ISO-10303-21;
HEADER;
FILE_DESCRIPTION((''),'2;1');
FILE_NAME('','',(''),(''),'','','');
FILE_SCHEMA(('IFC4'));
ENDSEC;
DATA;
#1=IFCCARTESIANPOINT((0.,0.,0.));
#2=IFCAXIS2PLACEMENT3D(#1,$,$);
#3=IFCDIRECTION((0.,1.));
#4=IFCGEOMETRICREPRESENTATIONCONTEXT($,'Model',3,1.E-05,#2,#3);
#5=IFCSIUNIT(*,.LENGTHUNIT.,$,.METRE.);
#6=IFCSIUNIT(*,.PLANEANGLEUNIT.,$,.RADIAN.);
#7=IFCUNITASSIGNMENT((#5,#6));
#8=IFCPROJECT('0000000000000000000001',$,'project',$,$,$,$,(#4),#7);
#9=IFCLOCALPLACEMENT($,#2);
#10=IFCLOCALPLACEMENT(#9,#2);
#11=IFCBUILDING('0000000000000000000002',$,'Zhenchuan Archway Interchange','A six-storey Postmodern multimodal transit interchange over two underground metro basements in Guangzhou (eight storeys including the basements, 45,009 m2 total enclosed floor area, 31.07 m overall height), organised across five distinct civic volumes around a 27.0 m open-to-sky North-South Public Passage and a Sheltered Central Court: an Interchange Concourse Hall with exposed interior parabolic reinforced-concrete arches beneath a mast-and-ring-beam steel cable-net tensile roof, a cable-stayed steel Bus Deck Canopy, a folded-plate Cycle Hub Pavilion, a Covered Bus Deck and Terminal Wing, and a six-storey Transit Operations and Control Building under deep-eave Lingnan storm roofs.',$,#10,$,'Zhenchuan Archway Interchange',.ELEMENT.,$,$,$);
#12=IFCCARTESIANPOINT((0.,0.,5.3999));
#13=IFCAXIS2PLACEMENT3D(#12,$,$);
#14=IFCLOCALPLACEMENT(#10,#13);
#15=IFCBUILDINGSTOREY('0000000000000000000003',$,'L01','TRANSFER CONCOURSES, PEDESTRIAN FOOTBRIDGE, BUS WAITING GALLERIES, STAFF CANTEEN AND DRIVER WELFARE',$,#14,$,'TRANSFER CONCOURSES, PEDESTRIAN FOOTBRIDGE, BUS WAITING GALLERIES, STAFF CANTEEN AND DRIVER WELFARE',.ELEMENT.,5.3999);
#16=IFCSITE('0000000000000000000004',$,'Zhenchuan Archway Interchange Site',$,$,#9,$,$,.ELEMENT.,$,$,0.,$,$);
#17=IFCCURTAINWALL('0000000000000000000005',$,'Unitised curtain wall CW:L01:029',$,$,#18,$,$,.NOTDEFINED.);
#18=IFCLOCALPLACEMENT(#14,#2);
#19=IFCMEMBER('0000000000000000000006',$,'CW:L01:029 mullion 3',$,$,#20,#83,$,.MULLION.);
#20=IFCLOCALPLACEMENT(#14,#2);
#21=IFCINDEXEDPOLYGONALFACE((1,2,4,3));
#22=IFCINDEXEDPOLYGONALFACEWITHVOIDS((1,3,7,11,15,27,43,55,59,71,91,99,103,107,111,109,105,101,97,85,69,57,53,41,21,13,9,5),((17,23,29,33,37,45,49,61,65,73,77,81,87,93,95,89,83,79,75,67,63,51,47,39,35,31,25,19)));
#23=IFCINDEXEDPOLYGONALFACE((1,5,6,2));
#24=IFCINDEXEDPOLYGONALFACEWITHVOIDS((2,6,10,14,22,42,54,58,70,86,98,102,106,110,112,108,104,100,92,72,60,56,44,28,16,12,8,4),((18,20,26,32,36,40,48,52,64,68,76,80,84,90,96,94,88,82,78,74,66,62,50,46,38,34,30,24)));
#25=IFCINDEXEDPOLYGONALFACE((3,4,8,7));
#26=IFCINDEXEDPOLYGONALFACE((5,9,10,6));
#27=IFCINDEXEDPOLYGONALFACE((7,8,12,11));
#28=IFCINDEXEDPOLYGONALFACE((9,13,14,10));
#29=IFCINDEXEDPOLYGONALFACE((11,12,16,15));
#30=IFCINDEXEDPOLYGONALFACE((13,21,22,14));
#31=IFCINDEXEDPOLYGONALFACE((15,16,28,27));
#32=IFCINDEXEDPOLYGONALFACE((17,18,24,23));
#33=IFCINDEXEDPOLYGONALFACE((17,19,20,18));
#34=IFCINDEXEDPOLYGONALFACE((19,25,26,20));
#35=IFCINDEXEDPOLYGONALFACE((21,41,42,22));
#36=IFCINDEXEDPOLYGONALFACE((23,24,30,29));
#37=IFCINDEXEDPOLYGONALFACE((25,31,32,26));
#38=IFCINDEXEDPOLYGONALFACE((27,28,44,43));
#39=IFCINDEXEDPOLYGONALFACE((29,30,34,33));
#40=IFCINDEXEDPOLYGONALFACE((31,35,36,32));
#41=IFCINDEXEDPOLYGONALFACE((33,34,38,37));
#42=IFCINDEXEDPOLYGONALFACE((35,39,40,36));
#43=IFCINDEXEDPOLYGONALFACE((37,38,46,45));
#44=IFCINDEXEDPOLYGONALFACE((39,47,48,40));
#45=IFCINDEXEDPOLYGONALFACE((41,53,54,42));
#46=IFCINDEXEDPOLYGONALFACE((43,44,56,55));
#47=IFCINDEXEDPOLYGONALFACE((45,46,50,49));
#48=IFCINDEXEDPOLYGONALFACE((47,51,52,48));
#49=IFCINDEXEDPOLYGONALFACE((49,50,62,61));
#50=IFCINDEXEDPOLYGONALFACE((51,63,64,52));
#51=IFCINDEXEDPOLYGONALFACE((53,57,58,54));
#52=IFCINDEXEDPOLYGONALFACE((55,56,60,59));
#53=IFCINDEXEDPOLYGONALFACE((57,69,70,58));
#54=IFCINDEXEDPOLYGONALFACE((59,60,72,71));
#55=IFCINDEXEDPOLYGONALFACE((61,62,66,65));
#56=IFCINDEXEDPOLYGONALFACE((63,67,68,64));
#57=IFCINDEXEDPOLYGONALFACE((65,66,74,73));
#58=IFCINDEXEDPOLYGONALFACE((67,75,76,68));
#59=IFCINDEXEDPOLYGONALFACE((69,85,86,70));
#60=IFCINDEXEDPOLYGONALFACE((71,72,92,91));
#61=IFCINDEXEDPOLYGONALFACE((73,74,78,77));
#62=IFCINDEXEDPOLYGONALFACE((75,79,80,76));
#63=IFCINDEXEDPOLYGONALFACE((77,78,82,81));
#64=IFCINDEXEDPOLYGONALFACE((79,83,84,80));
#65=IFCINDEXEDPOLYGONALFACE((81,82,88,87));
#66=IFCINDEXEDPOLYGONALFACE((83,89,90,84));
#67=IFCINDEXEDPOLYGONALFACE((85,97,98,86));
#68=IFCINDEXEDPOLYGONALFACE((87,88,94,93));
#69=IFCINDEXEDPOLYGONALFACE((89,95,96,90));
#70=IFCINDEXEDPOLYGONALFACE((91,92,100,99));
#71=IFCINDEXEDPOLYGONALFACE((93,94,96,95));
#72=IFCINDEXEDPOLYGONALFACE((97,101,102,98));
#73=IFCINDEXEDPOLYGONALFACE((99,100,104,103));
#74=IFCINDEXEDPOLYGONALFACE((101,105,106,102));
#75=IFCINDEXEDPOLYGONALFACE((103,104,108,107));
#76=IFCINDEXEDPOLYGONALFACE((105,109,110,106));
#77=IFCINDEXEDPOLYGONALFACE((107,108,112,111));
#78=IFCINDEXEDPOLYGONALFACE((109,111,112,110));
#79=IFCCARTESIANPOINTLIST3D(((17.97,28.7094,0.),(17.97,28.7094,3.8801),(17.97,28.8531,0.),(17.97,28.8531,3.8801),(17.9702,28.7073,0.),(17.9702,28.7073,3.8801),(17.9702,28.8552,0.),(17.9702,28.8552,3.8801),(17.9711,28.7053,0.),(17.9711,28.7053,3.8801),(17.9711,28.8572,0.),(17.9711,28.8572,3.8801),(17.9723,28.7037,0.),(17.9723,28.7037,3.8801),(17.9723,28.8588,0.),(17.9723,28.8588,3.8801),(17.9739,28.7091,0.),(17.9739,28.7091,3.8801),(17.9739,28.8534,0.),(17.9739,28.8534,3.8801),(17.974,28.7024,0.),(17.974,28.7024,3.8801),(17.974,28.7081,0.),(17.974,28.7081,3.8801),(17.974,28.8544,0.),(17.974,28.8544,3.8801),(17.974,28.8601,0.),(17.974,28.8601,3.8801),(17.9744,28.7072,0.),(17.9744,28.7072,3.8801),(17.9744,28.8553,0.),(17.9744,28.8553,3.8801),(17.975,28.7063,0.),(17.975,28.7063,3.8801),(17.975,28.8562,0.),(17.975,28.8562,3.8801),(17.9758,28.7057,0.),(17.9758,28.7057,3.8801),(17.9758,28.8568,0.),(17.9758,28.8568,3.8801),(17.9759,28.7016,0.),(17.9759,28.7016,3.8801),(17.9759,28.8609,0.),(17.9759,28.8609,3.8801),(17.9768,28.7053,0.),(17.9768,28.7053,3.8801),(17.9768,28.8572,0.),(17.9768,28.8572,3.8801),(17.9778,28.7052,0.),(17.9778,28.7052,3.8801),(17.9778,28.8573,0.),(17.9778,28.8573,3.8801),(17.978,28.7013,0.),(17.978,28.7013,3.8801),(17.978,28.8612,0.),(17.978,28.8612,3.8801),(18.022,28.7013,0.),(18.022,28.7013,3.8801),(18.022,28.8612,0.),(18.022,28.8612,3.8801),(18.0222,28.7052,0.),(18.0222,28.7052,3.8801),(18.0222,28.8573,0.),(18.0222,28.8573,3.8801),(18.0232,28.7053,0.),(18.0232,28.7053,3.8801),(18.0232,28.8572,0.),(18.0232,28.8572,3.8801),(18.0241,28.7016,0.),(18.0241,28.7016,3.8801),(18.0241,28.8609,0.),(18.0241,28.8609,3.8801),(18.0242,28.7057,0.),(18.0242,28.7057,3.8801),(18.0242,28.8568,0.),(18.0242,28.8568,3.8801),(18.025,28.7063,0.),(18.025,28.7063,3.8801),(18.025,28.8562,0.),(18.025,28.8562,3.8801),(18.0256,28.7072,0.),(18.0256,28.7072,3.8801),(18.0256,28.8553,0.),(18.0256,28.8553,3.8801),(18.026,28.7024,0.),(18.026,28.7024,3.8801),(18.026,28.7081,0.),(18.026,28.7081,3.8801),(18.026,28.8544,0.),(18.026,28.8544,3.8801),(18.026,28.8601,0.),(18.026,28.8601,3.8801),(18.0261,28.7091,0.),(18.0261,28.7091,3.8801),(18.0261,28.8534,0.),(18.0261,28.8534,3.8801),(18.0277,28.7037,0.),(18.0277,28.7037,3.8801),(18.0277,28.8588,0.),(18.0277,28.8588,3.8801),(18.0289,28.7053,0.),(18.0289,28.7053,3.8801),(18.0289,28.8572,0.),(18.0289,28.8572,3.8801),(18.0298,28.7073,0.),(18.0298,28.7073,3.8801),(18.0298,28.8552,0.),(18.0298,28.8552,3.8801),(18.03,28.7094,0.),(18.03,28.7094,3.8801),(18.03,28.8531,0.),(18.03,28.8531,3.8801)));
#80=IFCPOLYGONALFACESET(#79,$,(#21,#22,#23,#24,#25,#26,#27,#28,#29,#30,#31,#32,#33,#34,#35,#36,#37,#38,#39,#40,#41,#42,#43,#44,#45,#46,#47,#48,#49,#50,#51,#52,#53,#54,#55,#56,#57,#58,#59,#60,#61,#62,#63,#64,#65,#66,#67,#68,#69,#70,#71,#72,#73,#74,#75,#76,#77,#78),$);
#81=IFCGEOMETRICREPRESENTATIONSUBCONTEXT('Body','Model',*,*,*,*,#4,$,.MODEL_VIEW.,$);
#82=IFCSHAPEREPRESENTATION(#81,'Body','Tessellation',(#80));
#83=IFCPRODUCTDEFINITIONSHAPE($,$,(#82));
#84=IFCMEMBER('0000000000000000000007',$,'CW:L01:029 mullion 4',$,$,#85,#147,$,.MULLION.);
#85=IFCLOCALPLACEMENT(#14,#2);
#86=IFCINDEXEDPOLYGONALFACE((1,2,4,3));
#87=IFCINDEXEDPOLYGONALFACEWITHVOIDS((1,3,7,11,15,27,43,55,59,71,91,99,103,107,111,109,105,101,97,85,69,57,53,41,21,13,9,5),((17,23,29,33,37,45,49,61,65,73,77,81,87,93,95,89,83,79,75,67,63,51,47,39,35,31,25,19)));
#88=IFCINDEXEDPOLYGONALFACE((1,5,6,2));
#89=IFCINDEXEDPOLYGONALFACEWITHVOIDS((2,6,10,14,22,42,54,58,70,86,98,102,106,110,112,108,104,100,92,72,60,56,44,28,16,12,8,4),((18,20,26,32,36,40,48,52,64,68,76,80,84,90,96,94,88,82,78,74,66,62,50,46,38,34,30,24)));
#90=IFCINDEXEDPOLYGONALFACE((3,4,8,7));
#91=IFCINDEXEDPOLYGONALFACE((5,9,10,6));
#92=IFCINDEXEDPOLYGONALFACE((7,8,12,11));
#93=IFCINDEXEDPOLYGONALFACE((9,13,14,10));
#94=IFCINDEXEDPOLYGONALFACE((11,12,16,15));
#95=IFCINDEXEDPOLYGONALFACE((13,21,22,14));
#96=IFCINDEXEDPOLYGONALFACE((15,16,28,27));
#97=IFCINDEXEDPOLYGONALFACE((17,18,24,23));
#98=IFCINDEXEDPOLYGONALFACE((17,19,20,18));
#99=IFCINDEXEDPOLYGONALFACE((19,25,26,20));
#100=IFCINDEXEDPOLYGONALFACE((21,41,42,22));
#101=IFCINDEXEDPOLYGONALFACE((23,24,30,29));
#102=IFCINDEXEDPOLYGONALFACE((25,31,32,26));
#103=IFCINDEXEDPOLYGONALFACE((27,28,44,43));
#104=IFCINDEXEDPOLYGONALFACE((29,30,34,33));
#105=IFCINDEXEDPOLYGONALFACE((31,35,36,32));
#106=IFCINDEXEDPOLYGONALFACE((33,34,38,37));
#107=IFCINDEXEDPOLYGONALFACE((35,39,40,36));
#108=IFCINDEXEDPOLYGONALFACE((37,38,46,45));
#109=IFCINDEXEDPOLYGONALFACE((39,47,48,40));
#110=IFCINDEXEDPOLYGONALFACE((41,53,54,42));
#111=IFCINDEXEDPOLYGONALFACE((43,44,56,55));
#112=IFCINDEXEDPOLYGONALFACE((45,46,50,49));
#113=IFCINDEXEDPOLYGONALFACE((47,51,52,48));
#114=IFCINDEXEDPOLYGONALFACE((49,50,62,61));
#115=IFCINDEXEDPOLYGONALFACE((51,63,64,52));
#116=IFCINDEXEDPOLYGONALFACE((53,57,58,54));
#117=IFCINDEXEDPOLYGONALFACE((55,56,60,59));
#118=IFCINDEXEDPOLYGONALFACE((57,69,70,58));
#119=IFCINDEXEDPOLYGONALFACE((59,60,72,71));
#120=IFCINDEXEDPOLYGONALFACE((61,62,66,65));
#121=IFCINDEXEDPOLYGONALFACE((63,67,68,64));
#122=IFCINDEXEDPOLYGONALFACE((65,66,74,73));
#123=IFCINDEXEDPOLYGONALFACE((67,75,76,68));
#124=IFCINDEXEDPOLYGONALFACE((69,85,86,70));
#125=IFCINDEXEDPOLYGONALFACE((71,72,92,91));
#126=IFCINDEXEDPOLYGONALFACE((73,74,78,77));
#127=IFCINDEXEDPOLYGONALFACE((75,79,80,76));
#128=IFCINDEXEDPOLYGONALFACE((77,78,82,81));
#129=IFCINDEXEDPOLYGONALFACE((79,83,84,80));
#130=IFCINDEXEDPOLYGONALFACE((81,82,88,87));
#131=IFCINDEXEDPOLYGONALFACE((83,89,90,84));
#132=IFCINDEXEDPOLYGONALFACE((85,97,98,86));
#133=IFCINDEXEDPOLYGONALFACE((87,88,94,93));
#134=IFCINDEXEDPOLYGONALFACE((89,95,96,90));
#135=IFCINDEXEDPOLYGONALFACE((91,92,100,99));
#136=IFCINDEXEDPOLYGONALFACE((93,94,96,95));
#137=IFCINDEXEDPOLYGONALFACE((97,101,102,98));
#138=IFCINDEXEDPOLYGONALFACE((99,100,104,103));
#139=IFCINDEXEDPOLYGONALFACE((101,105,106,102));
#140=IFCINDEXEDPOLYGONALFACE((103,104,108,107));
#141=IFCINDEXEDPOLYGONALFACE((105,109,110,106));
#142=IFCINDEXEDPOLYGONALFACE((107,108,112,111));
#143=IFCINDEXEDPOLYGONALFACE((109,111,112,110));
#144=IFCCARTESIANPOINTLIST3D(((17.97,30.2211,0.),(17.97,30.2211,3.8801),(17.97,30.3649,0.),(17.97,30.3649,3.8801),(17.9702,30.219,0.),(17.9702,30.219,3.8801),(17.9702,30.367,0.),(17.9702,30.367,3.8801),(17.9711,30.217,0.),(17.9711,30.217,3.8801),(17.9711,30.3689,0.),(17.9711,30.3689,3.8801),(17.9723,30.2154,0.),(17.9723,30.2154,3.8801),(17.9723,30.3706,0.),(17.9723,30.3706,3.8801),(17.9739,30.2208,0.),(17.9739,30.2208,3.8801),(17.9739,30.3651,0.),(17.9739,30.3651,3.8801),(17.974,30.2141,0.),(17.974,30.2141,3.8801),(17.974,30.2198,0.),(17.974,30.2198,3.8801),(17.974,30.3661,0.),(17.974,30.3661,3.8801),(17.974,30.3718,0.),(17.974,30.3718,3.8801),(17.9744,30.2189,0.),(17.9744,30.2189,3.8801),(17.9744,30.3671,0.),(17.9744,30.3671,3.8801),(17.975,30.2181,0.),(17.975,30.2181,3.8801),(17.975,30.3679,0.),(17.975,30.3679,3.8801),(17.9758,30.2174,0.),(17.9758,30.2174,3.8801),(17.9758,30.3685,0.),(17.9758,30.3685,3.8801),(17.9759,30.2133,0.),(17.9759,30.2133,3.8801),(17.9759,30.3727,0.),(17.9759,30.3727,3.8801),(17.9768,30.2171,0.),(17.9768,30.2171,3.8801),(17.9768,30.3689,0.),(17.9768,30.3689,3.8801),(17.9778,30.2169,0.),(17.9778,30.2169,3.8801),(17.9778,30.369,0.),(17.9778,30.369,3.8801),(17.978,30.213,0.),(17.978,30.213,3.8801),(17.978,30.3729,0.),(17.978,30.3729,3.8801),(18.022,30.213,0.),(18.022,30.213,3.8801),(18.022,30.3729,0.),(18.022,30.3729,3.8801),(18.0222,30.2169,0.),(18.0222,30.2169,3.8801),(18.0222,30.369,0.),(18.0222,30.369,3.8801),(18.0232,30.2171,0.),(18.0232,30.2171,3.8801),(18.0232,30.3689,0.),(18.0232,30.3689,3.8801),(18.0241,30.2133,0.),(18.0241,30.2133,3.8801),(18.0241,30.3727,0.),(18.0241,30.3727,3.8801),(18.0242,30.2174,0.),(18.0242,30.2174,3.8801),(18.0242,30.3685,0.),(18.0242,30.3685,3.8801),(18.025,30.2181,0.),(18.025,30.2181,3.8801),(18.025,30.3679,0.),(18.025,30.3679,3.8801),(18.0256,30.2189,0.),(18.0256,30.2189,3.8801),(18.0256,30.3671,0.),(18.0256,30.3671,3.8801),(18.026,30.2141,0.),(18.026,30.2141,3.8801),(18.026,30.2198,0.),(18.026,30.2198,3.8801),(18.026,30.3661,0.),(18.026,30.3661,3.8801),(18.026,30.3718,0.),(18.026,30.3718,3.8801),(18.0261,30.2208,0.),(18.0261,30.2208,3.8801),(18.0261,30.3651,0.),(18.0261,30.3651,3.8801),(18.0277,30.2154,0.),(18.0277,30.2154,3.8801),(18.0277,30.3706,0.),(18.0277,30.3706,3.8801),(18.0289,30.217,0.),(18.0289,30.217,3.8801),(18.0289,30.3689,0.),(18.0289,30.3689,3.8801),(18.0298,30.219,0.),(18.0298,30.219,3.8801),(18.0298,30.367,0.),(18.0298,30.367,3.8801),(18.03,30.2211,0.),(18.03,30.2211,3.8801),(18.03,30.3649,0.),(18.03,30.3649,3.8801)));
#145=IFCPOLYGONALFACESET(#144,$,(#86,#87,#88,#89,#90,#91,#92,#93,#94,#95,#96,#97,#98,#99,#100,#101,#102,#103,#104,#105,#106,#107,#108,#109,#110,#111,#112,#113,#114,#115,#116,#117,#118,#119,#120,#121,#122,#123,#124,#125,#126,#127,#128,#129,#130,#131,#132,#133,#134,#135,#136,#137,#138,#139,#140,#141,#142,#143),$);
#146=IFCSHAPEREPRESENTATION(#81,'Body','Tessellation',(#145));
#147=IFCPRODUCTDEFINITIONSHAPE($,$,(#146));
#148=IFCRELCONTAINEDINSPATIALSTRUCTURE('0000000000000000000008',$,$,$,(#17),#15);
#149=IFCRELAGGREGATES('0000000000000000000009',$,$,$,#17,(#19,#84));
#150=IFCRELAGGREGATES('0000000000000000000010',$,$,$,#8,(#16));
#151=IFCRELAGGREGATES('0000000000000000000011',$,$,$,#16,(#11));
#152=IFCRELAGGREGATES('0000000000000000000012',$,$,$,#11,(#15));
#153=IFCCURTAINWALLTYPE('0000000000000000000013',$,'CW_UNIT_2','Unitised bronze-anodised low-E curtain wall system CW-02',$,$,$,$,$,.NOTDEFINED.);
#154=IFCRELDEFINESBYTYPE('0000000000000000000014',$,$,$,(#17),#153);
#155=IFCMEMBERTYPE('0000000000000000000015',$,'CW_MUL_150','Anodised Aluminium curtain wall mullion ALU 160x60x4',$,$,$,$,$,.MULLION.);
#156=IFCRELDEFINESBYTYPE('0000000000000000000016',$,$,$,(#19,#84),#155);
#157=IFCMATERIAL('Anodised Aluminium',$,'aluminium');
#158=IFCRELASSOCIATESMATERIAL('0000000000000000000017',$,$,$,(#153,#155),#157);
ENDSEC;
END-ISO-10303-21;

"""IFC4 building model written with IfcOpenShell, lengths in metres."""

from ifc_helpers import new_model, si_unit, direction, frame, origin, origin_2d, place, context, subcontext, project, spatial, hollow_rectangle, extrude, material, material_profile, profile_set, type_object, element, aggregate, save


model = new_model("IFC4")

# Units and contexts
model_context = context("Model", 3, precision=1e-05, world=origin(), true_north=direction((0.0, 1.0)))
body_context = subcontext(model_context, "Body", "Model", "MODEL_VIEW")
ifc_project = project(units=[si_unit("LENGTHUNIT", "METRE"), si_unit("PLANEANGLEUNIT", "RADIAN")], contexts=[model_context])

# Site, building, storey
site_placement = place(None, origin())
site = spatial("IfcSite", under=ifc_project, at=site_placement, Name="Zhenchuan Archway Interchange Site", CompositionType="ELEMENT", RefElevation=0.0)
building_placement = place(site_placement, origin())
building = spatial("IfcBuilding", under=site, at=building_placement, Name="Zhenchuan Archway Interchange", Description="A six-storey Postmodern multimodal transit interchange over two underground metro basements in Guangzhou (eight storeys including the basements, 45,009 m2 total enclosed floor area, 31.07 m overall height), organised across five distinct civic volumes around a 27.0 m open-to-sky North-South Public Passage and a Sheltered Central Court: an Interchange Concourse Hall with exposed interior parabolic reinforced-concrete arches beneath a mast-and-ring-beam steel cable-net tensile roof, a cable-stayed steel Bus Deck Canopy, a folded-plate Cycle Hub Pavilion, a Covered Bus Deck and Terminal Wing, and a six-storey Transit Operations and Control Building under deep-eave Lingnan storm roofs.", LongName="Zhenchuan Archway Interchange", CompositionType="ELEMENT")
storey_placement = place(building_placement, frame((0.0, 0.0, 5.3999)))
storey = spatial("IfcBuildingStorey", under=building, at=storey_placement, Name="L01", Description="TRANSFER CONCOURSES, PEDESTRIAN FOOTBRIDGE, BUS WAITING GALLERIES, STAFF CANTEEN AND DRIVER WELFARE", LongName="TRANSFER CONCOURSES, PEDESTRIAN FOOTBRIDGE, BUS WAITING GALLERIES, STAFF CANTEEN AND DRIVER WELFARE", CompositionType="ELEMENT", Elevation=5.3999)

# Curtain wall, members
ifc_material_1 = material(Name="Anodised Aluminium", Category="aluminium")
curtain_wall_type_1 = type_object("IfcCurtainWallType", Name="CW_UNIT_2", Description="Unitised bronze-anodised low-E curtain wall system CW-02", PredefinedType="NOTDEFINED", material=ifc_material_1)
curtain_wall_1_placement = place(storey_placement, origin())
curtain_wall_1 = element("IfcCurtainWall", 1, at=curtain_wall_1_placement, inside=storey, type_object=curtain_wall_type_1, Name="Unitised curtain wall CW:L01:029", PredefinedType="NOTDEFINED")
ifc_material_profile_1 = material_profile(ifc_material_1, hollow_rectangle(XDim=0.0601, YDim=0.1599, WallThickness=0.0039, InnerFilletRadius=0.0039, OuterFilletRadius=0.0081, at=origin_2d()), Name="ALU 160x60x4")
ifc_profile_set_1 = profile_set([ifc_material_profile_1], Name="Anodised Aluminium")
member_type_1 = type_object("IfcMemberType", Name="CW_MUL_150", Description="Anodised Aluminium curtain wall mullion ALU 160x60x4", PredefinedType="MULLION", material=ifc_profile_set_1)
member_1_placement = place(storey_placement, frame((18.0, 28.7812, 0.0), z_axis=(0.0, 0.0, 1.0), x_axis=(1.0, 0.0, 0.0)))
member_1 = element("IfcMember", 2, at=member_1_placement, type_object=member_type_1, Name="CW:L01:029 mullion 3", PredefinedType="MULLION", context=body_context, shape_type="SweptSolid", body=[
    extrude(hollow_rectangle(XDim=0.0601, YDim=0.1599, WallThickness=0.0039, InnerFilletRadius=0.0039, OuterFilletRadius=0.0081, at=origin_2d()), origin(), (0.0, 0.0, 1.0), 3.8801),
])
member_2_placement = place(storey_placement, frame((18.0, 30.293, 0.0), z_axis=(0.0, 0.0, 1.0), x_axis=(1.0, 0.0, 0.0)))
member_2 = element("IfcMember", 3, at=member_2_placement, type_object=member_type_1, Name="CW:L01:029 mullion 4", PredefinedType="MULLION", context=body_context, shape_type="SweptSolid", body=[
    extrude(hollow_rectangle(XDim=0.0601, YDim=0.1599, WallThickness=0.0039, InnerFilletRadius=0.0039, OuterFilletRadius=0.0081, at=origin_2d()), origin(), (0.0, 0.0, 1.0), 3.8801),
])

aggregate(curtain_wall_1, [member_1, member_2])

save(model, "model.ifc")
